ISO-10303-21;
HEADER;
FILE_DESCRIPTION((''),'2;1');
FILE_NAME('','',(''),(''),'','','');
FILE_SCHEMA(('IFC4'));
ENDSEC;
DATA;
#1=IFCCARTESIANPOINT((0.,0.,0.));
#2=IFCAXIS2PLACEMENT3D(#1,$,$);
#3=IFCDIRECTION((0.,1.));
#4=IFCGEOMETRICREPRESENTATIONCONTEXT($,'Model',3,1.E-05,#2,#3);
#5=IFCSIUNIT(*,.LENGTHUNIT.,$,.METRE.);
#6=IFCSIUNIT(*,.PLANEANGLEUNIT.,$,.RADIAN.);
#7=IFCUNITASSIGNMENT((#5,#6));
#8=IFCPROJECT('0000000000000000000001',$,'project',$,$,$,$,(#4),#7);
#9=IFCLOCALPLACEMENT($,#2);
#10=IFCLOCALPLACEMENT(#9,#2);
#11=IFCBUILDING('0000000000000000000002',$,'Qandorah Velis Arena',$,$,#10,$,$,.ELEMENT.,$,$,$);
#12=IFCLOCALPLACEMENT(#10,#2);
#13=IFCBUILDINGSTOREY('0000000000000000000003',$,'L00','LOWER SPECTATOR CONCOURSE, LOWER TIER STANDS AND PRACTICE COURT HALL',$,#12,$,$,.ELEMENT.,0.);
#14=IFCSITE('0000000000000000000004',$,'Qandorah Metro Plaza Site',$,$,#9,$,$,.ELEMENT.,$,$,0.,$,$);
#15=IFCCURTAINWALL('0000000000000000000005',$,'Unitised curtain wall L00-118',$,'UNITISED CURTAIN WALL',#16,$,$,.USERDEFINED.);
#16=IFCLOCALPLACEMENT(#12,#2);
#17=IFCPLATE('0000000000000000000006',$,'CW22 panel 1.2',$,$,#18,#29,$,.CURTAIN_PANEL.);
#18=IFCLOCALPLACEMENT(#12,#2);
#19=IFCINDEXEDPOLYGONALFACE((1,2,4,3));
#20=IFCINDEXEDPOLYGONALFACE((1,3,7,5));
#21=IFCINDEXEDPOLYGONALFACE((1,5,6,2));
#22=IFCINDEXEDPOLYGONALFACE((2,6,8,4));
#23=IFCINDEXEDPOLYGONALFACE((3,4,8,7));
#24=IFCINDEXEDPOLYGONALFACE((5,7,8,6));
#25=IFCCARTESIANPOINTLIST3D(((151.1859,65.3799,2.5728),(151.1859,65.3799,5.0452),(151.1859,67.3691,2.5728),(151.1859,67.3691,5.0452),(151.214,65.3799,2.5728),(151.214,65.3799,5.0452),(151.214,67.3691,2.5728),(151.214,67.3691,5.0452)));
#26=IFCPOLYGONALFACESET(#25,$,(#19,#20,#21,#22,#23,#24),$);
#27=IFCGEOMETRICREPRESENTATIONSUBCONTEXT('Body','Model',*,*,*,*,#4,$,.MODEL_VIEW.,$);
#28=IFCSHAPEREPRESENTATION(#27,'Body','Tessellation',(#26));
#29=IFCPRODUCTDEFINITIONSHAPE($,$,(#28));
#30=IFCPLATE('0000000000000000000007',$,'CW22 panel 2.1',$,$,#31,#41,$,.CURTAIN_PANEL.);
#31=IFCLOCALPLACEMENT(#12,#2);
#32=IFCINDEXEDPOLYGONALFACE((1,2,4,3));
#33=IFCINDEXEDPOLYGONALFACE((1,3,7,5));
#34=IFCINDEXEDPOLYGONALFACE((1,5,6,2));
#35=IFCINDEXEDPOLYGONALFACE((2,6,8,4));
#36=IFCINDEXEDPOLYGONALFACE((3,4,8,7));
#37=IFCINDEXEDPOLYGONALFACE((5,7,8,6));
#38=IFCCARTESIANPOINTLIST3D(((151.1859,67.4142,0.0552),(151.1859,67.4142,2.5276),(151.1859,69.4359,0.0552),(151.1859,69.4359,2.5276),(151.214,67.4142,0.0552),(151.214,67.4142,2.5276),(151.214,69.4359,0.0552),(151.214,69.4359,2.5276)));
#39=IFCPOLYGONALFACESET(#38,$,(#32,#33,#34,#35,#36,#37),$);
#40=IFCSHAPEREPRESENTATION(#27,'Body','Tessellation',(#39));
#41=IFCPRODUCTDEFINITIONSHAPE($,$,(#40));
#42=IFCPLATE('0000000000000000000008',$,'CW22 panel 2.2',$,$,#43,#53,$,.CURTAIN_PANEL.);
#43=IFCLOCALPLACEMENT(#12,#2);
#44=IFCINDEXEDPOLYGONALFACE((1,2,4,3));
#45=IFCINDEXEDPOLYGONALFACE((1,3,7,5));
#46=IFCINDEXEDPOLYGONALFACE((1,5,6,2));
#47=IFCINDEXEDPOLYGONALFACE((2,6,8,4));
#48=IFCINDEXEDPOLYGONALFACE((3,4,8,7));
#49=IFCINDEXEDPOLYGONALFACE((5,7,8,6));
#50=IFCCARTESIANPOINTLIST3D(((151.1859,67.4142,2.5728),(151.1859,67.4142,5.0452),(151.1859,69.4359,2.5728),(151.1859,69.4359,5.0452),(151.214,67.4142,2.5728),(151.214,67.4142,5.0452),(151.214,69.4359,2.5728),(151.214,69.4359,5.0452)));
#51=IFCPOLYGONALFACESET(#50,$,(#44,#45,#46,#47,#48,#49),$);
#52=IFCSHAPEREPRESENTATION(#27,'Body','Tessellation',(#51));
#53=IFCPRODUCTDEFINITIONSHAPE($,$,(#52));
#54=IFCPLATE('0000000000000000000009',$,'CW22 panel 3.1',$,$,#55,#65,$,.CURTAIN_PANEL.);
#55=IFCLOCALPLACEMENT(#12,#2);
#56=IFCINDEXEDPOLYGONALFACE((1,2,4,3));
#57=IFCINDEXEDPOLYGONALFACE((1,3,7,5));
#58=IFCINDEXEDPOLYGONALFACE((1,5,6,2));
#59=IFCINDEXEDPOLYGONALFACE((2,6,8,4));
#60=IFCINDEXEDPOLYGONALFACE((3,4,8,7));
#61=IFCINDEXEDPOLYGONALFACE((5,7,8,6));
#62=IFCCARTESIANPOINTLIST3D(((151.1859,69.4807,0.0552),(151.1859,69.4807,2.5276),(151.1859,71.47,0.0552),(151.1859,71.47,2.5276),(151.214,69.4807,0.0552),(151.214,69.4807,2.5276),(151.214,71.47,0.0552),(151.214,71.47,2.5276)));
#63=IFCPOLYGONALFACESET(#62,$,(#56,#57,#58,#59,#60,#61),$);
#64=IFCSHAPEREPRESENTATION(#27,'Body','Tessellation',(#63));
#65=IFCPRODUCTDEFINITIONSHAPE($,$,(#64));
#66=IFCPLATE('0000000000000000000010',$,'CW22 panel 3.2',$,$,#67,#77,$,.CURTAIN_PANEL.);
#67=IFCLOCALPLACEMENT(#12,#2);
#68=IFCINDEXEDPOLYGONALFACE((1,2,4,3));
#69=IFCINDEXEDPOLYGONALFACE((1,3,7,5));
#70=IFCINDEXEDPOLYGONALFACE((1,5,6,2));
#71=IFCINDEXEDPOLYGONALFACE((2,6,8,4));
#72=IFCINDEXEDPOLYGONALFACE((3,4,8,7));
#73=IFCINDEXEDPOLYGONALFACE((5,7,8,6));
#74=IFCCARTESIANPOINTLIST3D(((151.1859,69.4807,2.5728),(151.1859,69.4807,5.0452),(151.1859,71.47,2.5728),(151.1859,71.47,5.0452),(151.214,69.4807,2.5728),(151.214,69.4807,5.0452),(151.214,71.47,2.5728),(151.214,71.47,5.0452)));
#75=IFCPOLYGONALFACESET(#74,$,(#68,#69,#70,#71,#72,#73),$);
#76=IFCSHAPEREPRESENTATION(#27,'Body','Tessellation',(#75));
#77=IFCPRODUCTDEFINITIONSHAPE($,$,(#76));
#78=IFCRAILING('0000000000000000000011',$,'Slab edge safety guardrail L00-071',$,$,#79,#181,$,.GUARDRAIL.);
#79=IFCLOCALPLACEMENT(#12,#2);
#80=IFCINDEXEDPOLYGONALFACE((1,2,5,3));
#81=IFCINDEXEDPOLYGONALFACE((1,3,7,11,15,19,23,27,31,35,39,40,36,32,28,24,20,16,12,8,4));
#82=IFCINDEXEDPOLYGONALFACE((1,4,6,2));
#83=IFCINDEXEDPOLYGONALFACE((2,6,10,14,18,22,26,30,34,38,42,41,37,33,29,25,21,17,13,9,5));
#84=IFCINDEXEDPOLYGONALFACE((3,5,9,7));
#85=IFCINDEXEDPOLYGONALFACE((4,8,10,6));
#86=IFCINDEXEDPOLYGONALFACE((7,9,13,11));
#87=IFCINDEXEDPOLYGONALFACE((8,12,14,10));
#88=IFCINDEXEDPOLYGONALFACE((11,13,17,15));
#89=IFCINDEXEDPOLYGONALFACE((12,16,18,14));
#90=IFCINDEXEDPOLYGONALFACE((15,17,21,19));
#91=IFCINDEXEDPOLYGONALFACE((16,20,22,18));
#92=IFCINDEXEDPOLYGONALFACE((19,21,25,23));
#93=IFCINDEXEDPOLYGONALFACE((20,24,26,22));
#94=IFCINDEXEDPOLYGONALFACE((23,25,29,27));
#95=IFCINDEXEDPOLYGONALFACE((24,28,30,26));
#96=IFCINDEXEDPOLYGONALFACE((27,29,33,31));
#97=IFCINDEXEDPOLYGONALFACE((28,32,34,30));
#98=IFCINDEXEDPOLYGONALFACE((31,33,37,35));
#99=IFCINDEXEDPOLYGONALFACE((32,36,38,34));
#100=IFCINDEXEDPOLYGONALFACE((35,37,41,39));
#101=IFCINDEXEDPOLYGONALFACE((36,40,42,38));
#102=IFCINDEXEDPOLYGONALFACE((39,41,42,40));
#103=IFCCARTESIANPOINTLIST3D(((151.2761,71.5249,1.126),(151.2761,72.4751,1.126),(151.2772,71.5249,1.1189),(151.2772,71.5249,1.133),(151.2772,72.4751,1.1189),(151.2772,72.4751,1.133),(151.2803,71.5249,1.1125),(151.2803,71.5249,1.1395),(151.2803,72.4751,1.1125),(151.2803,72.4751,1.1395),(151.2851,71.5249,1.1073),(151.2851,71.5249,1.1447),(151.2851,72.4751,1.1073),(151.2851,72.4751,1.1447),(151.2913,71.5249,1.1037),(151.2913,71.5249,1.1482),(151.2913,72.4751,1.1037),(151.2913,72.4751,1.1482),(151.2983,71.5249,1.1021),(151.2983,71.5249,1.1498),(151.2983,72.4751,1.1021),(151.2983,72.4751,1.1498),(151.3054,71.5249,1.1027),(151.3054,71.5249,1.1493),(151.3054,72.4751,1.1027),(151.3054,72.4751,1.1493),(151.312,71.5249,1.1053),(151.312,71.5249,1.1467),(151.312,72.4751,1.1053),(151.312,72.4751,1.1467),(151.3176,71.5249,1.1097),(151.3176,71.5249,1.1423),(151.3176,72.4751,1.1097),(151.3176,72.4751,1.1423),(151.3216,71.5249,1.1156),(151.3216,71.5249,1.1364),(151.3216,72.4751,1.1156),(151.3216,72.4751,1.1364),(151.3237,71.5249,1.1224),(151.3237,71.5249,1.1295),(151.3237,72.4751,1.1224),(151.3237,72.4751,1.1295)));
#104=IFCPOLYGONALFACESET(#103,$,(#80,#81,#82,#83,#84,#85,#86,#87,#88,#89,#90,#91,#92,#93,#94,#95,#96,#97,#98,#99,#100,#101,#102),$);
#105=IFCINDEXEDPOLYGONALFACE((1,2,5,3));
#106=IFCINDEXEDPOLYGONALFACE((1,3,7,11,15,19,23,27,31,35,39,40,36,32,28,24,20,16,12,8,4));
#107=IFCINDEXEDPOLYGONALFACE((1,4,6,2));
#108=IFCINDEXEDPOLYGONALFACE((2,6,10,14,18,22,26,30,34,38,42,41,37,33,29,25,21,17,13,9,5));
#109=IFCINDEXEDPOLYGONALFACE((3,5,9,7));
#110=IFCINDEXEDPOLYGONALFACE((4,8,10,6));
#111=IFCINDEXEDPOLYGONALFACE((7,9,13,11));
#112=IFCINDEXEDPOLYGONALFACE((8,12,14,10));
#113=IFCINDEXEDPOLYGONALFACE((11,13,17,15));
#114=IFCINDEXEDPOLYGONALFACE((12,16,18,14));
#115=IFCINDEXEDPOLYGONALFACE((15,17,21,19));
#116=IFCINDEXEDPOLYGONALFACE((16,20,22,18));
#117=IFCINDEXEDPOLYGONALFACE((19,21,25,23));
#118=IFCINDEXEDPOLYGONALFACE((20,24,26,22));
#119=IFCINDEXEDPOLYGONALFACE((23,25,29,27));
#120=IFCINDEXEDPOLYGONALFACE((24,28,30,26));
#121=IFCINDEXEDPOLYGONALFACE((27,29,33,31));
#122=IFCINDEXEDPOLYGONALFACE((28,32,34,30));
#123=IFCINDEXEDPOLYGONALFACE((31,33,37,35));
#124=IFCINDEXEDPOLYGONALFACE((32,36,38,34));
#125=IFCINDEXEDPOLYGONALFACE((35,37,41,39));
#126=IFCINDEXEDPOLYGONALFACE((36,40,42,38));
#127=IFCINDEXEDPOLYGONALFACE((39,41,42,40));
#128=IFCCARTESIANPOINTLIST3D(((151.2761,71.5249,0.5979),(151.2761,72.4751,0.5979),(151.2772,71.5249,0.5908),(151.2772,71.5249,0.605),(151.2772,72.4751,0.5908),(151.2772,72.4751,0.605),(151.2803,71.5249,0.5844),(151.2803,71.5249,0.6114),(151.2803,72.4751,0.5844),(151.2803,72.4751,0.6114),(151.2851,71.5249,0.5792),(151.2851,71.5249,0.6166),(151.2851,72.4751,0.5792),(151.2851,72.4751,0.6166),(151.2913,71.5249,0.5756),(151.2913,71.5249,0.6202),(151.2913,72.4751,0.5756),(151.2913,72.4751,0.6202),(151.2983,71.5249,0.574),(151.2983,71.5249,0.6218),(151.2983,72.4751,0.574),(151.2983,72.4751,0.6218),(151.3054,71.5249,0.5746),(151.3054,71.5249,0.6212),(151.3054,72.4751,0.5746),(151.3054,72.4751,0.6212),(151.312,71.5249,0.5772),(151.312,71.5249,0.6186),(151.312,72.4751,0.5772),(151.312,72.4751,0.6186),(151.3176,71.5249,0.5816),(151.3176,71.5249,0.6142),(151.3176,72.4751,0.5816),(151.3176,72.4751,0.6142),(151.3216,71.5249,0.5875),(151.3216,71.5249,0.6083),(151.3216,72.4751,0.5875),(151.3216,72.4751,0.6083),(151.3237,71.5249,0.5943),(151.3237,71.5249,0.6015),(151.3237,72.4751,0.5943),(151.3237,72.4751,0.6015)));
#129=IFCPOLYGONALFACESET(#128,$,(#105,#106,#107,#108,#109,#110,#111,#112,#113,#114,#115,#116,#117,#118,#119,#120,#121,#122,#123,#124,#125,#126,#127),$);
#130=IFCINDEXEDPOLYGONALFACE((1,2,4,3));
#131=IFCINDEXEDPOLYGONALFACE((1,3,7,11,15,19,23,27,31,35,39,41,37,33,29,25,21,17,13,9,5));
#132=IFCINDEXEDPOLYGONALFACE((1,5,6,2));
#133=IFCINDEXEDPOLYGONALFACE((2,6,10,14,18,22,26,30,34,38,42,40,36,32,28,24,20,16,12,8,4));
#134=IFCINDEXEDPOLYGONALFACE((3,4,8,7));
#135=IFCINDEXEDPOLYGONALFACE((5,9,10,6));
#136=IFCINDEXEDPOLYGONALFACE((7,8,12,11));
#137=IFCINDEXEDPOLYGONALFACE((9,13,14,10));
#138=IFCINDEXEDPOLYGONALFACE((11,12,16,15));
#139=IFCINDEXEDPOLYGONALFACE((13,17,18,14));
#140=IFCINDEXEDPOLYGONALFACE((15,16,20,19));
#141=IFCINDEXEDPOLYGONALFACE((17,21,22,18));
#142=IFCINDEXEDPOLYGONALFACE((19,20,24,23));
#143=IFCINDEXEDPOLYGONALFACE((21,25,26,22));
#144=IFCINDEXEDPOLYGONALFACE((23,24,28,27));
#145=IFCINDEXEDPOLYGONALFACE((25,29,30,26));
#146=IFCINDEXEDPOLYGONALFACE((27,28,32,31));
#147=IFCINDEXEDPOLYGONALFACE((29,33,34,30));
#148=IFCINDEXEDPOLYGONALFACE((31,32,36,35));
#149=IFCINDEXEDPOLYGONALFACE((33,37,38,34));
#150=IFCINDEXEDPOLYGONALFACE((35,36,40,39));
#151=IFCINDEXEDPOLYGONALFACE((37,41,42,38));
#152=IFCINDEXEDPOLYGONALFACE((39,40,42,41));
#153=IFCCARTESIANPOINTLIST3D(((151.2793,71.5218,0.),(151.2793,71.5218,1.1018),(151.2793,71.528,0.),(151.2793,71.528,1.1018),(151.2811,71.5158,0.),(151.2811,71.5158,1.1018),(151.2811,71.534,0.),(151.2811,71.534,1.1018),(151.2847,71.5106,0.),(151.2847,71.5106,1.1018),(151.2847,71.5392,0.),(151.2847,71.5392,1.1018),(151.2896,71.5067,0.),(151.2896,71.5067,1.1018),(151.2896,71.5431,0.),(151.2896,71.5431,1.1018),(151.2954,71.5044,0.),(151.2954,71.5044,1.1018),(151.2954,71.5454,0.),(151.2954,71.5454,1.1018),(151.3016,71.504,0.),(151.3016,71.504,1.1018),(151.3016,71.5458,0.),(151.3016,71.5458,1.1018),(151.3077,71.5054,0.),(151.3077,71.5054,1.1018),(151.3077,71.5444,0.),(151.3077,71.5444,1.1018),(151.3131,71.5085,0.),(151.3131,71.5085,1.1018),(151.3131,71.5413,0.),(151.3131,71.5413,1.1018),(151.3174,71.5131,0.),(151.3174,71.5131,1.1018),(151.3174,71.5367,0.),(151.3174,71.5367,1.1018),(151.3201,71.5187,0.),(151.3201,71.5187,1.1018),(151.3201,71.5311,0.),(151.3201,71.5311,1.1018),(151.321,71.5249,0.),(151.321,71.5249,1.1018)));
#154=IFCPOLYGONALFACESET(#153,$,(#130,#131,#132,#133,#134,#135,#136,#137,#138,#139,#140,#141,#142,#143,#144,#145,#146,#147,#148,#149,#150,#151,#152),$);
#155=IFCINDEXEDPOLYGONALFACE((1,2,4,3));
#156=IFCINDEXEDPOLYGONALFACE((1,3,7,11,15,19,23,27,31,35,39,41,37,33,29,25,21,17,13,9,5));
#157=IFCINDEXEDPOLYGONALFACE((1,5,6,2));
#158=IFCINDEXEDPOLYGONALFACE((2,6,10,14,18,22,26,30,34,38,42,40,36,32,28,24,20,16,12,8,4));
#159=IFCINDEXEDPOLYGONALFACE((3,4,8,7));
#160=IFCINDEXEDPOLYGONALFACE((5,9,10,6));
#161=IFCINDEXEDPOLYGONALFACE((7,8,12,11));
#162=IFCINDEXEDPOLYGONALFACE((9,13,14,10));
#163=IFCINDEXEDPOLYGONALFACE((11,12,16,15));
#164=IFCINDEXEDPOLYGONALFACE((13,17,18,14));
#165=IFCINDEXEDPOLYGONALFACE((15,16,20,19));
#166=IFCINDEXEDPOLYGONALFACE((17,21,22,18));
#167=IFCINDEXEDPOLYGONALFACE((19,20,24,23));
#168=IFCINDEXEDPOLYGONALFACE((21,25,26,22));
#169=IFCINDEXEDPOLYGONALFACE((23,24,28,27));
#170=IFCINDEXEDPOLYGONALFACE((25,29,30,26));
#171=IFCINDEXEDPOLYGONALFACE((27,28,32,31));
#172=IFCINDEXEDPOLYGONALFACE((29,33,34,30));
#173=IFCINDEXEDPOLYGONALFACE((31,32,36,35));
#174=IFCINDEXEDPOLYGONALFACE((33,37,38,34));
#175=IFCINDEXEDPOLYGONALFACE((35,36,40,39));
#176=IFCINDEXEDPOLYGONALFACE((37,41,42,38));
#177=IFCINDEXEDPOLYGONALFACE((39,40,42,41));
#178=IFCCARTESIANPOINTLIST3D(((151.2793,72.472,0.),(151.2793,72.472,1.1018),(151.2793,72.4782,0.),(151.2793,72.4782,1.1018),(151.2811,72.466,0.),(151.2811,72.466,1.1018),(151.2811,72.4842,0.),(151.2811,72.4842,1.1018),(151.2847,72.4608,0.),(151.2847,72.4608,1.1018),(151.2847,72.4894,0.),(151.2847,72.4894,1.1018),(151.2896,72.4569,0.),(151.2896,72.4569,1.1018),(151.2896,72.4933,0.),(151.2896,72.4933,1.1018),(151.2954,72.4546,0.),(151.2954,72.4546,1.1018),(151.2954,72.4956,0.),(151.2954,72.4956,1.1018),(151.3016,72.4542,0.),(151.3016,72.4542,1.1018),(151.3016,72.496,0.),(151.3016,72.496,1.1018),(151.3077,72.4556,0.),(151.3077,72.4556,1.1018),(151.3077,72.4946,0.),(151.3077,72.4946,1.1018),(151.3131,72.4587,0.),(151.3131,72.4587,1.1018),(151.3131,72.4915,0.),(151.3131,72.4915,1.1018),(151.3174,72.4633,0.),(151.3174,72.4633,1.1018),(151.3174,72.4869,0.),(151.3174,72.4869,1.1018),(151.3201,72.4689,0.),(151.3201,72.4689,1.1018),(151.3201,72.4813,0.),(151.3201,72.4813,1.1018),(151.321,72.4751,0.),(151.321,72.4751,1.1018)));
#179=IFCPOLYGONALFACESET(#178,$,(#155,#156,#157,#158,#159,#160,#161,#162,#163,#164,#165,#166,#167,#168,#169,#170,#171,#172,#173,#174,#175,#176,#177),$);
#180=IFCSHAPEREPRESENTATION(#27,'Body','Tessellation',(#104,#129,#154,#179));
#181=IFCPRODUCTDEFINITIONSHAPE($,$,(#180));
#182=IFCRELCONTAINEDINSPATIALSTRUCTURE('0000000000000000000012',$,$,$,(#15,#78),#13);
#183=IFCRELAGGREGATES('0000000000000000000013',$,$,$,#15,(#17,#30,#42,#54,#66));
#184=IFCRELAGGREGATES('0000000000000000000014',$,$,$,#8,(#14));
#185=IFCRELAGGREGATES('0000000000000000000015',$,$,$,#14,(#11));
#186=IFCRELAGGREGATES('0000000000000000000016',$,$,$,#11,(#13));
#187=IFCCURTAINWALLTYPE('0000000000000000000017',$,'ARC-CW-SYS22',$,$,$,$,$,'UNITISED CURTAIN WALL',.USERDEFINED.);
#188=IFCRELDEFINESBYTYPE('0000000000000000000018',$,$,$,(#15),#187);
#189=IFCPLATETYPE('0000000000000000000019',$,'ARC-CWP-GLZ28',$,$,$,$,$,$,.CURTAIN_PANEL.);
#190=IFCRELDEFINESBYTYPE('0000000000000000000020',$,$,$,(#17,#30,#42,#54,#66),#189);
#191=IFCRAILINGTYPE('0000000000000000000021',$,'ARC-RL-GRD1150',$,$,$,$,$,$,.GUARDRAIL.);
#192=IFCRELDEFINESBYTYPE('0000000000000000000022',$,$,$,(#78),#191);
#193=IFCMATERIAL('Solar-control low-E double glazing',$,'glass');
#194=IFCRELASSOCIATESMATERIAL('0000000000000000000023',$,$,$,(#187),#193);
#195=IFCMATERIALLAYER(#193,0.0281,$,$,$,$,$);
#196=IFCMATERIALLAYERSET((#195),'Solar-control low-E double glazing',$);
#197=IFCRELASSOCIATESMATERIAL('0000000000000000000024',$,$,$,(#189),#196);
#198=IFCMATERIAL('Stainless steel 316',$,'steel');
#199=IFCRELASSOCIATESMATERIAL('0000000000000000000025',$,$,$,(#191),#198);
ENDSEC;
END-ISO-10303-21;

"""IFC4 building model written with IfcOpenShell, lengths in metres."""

from ifc_helpers import new_model, si_unit, direction, frame, origin, origin_2d, place, context, subcontext, project, spatial, rectangle, circle, extrude, material, layer, layer_set, type_object, element, aggregate, save


model = new_model("IFC4")

# Units and contexts
model_context = context("Model", 3, precision=1e-05, world=origin(), true_north=direction((0.0, 1.0)))
body_context = subcontext(model_context, "Body", "Model", "MODEL_VIEW")
ifc_project = project(units=[si_unit("LENGTHUNIT", "METRE"), si_unit("PLANEANGLEUNIT", "RADIAN")], contexts=[model_context])

# Site, building, storey
site_placement = place(None, origin())
site = spatial("IfcSite", under=ifc_project, at=site_placement, Name="Qandorah Metro Plaza Site", CompositionType="ELEMENT", RefElevation=0.0)
building_placement = place(site_placement, origin())
building = spatial("IfcBuilding", under=site, at=building_placement, Name="Qandorah Velis Arena", CompositionType="ELEMENT")
storey_placement = place(building_placement, origin())
storey = spatial("IfcBuildingStorey", under=building, at=storey_placement, Name="L00", Description="LOWER SPECTATOR CONCOURSE, LOWER TIER STANDS AND PRACTICE COURT HALL", CompositionType="ELEMENT", Elevation=0.0)

# Curtain wall
ifc_material_1 = material(Name="Solar-control low-E double glazing", Category="glass")
curtain_wall_type_1 = type_object("IfcCurtainWallType", Name="ARC-CW-SYS22", ElementType="UNITISED CURTAIN WALL", PredefinedType="USERDEFINED", material=ifc_material_1)
curtain_wall_1_placement = place(storey_placement, origin())
curtain_wall_1 = element("IfcCurtainWall", 1, at=curtain_wall_1_placement, inside=storey, type_object=curtain_wall_type_1, Name="Unitised curtain wall L00-118", ObjectType="UNITISED CURTAIN WALL", PredefinedType="USERDEFINED")

# Plates
ifc_layer_1 = layer(ifc_material_1, 0.0281)
ifc_layer_set_1 = layer_set([ifc_layer_1], Name="Solar-control low-E double glazing")
plate_type_1 = type_object("IfcPlateType", Name="ARC-CWP-GLZ28", PredefinedType="CURTAIN_PANEL", material=ifc_layer_set_1)
plate_1_placement = place(storey_placement, frame((151.2, 66.3745, 2.5728), z_axis=(0.0, 0.0, 1.0), x_axis=(0.0, 1.0, 0.0)))
plate_1 = element("IfcPlate", 2, at=plate_1_placement, type_object=plate_type_1, Name="CW22 panel 1.2", PredefinedType="CURTAIN_PANEL", context=body_context, shape_type="SweptSolid", body=[
    extrude(rectangle(XDim=1.9893, YDim=0.0281, at=origin_2d()), origin(), (0.0, 0.0, 1.0), 2.4724),
])
plate_2_placement = place(storey_placement, frame((151.2, 68.425, 0.0552), z_axis=(0.0, 0.0, 1.0), x_axis=(0.0, 1.0, 0.0)))
plate_2 = element("IfcPlate", 3, at=plate_2_placement, type_object=plate_type_1, Name="CW22 panel 2.1", PredefinedType="CURTAIN_PANEL", context=body_context, shape_type="SweptSolid", body=[
    extrude(rectangle(XDim=2.0217, YDim=0.0281, at=origin_2d()), origin(), (0.0, 0.0, 1.0), 2.4724),
])
plate_3_placement = place(storey_placement, frame((151.2, 68.425, 2.5728), z_axis=(0.0, 0.0, 1.0), x_axis=(0.0, 1.0, 0.0)))
plate_3 = element("IfcPlate", 4, at=plate_3_placement, type_object=plate_type_1, Name="CW22 panel 2.2", PredefinedType="CURTAIN_PANEL", context=body_context, shape_type="SweptSolid", body=[
    extrude(rectangle(XDim=2.0217, YDim=0.0281, at=origin_2d()), origin(), (0.0, 0.0, 1.0), 2.4724),
])
plate_4_placement = place(storey_placement, frame((151.2, 70.4753, 0.0552), z_axis=(0.0, 0.0, 1.0), x_axis=(0.0, 1.0, 0.0)))
plate_4 = element("IfcPlate", 5, at=plate_4_placement, type_object=plate_type_1, Name="CW22 panel 3.1", PredefinedType="CURTAIN_PANEL", context=body_context, shape_type="SweptSolid", body=[
    extrude(rectangle(XDim=1.9893, YDim=0.0281, at=origin_2d()), origin(), (0.0, 0.0, 1.0), 2.4724),
])
plate_5_placement = place(storey_placement, frame((151.2, 70.4753, 2.5728), z_axis=(0.0, 0.0, 1.0), x_axis=(0.0, 1.0, 0.0)))
plate_5 = element("IfcPlate", 6, at=plate_5_placement, type_object=plate_type_1, Name="CW22 panel 3.2", PredefinedType="CURTAIN_PANEL", context=body_context, shape_type="SweptSolid", body=[
    extrude(rectangle(XDim=1.9893, YDim=0.0281, at=origin_2d()), origin(), (0.0, 0.0, 1.0), 2.4724),
])
aggregate(curtain_wall_1, [plate_1, plate_2, plate_3, plate_4, plate_5])

# Railing
ifc_material_2 = material(Name="Stainless steel 316", Category="steel")
railing_type = type_object("IfcRailingType", Name="ARC-RL-GRD1150", PredefinedType="GUARDRAIL", material=ifc_material_2)
railing_placement = place(storey_placement, frame((151.3, 71.5249, 0.0)))
element("IfcRailing", 7, at=railing_placement, inside=storey, type_object=railing_type, Name="Slab edge safety guardrail L00-071", PredefinedType="GUARDRAIL", context=body_context, shape_type="SweptSolid", body=[
    extrude(circle(Radius=0.0239, at=origin_2d()), frame((0.0, 0.0, 1.126), z_axis=(0.0, 1.0, 0.0), x_axis=(-1.0, 0.0, 0.0)), (0.0, 0.0, 1.0), 0.9502),
    extrude(circle(Radius=0.0239, at=origin_2d()), frame((0.0, 0.0, 0.5979), z_axis=(0.0, 1.0, 0.0), x_axis=(-1.0, 0.0, 0.0)), (0.0, 0.0, 1.0), 0.9502),
    extrude(circle(Radius=0.021, at=origin_2d()), origin(), (0.0, 0.0, 1.0), 1.1018),
    extrude(circle(Radius=0.021, at=origin_2d()), frame((0.0, 0.9502, 0.0)), (0.0, 0.0, 1.0), 1.1018),
])

save(model, "model.ifc")
